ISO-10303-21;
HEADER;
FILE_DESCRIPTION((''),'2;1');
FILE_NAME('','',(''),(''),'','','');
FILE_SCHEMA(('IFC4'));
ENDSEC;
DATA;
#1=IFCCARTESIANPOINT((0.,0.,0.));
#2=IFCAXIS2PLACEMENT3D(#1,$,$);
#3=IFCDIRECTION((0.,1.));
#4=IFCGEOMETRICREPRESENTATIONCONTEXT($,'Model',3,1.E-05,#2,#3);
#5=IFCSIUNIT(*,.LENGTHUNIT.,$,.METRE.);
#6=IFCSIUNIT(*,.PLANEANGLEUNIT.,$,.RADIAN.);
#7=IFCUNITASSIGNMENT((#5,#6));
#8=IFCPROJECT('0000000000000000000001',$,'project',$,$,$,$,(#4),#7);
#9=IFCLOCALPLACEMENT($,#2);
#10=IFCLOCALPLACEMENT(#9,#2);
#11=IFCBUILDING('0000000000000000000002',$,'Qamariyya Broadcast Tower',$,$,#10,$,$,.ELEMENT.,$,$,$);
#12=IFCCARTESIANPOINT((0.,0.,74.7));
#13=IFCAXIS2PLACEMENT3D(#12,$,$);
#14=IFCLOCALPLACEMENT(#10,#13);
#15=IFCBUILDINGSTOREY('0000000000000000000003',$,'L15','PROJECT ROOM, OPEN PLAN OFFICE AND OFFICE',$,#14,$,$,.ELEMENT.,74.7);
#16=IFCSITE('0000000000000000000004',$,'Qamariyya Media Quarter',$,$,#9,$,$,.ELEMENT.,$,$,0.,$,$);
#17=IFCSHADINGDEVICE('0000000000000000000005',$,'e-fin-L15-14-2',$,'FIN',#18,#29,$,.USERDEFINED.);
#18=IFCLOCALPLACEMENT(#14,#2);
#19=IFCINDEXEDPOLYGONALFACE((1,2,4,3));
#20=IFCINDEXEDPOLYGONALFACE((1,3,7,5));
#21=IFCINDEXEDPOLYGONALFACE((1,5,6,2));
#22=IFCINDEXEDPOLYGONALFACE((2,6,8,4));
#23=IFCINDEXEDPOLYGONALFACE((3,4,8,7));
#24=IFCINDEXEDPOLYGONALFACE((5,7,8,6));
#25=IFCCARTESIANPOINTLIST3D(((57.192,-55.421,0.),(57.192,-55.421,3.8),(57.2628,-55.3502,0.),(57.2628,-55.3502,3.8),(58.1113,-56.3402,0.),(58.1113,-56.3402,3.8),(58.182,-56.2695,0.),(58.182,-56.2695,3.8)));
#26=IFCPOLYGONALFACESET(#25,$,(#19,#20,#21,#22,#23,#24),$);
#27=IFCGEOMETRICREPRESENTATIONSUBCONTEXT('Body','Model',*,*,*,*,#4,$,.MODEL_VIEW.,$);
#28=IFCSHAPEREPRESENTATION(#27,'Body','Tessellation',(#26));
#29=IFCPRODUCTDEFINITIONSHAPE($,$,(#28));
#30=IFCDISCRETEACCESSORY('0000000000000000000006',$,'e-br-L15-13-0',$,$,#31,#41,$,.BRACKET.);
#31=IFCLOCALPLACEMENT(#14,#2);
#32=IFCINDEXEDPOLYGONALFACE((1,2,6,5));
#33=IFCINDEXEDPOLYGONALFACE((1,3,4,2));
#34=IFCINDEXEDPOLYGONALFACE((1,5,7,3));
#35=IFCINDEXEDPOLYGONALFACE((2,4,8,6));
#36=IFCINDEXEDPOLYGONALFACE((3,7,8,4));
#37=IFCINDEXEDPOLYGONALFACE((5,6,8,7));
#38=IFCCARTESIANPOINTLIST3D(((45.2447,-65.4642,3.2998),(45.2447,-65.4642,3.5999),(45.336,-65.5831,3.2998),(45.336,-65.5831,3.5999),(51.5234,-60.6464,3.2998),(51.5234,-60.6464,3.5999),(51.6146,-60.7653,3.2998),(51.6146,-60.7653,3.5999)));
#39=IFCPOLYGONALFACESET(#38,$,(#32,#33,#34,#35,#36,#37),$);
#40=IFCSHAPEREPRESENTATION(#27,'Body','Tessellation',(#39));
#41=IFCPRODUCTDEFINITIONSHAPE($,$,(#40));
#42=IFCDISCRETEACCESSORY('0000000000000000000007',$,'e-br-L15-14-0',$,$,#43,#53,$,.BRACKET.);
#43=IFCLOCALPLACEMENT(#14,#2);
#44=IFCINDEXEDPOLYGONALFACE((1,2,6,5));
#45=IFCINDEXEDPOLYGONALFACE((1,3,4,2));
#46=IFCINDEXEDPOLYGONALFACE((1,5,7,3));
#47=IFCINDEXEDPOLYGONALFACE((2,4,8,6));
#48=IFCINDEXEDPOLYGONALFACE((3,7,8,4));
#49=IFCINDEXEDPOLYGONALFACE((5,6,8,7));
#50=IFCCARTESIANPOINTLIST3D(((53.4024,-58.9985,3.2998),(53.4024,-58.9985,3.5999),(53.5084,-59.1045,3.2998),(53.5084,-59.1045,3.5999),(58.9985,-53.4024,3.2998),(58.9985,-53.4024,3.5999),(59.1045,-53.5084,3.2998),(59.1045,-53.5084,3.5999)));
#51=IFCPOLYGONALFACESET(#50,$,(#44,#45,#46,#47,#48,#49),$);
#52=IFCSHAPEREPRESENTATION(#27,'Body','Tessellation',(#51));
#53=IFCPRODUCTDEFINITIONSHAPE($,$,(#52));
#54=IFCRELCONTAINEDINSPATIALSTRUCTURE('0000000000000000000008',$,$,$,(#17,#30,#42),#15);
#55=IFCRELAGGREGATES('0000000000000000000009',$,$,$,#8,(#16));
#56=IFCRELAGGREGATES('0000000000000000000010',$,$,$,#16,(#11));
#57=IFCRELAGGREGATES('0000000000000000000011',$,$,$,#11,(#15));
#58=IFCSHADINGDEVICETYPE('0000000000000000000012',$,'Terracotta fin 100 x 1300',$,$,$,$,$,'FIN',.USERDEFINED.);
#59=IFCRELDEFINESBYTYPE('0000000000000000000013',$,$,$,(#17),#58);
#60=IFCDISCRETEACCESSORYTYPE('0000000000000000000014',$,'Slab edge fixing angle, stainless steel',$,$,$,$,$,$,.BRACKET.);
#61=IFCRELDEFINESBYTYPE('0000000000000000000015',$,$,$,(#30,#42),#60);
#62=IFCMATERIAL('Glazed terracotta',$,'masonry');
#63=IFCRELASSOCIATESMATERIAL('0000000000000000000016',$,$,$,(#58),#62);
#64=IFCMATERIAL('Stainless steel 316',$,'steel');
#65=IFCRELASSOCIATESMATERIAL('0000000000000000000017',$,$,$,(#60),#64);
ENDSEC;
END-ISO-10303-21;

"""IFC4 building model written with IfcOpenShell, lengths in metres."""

from ifc_helpers import new_model, si_unit, direction, frame, origin, origin_2d, place, context, subcontext, project, spatial, rectangle, extrude, material, material_profile, profile_set, type_object, element, save


model = new_model("IFC4")

# Units and contexts
model_context = context("Model", 3, precision=1e-05, world=origin(), true_north=direction((0.0, 1.0)))
body_context = subcontext(model_context, "Body", "Model", "MODEL_VIEW")
ifc_project = project(units=[si_unit("LENGTHUNIT", "METRE"), si_unit("PLANEANGLEUNIT", "RADIAN")], contexts=[model_context])

# Site, building, storey
site_placement = place(None, origin())
site = spatial("IfcSite", under=ifc_project, at=site_placement, Name="Qamariyya Media Quarter", CompositionType="ELEMENT", RefElevation=0.0)
building_placement = place(site_placement, origin())
building = spatial("IfcBuilding", under=site, at=building_placement, Name="Qamariyya Broadcast Tower", CompositionType="ELEMENT")
storey_placement = place(building_placement, frame((0.0, 0.0, 74.7)))
storey = spatial("IfcBuildingStorey", under=building, at=storey_placement, Name="L15", Description="PROJECT ROOM, OPEN PLAN OFFICE AND OFFICE", CompositionType="ELEMENT", Elevation=74.7)

# Shading device
ifc_material_1 = material(Name="Glazed terracotta", Category="masonry")
ifc_material_profile_1 = material_profile(ifc_material_1, rectangle(XDim=1.3, YDim=0.1001, at=origin_2d()))
ifc_profile_set_1 = profile_set([ifc_material_profile_1], Name="Glazed terracotta")
shading_device_type_1 = type_object("IfcShadingDeviceType", Name="Terracotta fin 100 x 1300", ElementType="FIN", PredefinedType="USERDEFINED", material=ifc_profile_set_1)
for number, where, z_axis, x_axis, name in (
    (1, (57.687, -55.8452, 0.0), (0.0, 0.0, 1.0), (0.707107, -0.707107, 0.0), "e-fin-L15-14-2"),
):
    element("IfcShadingDevice", number, at=place(storey_placement, frame(where, z_axis=z_axis, x_axis=x_axis)), inside=storey, type_object=shading_device_type_1, Name=name, ObjectType="FIN", PredefinedType="USERDEFINED", context=body_context, shape_type="SweptSolid", body=[
        extrude(rectangle(XDim=1.3, YDim=0.1001, at=origin_2d()), origin(), (0.0, 0.0, 1.0), 3.8),
    ])

# Discrete accessories
ifc_material_2 = material(Name="Stainless steel 316", Category="steel")
discrete_accessory_type = type_object("IfcDiscreteAccessoryType", Name="Slab edge fixing angle, stainless steel", PredefinedType="BRACKET", material=ifc_material_2)
for number, where, z_axis, x_axis, name in (
    (2, (48.4297, -63.1147, 3.2998), (0.0, 0.0, 1.0), (0.793353, 0.608761, 0.0), "e-br-L15-13-0"),
    (3, (56.2534, -56.2534, 3.2998), (0.0, 0.0, 1.0), (0.707107, 0.707107, 0.0), "e-br-L15-14-0"),
):
    element("IfcDiscreteAccessory", number, at=place(storey_placement, frame(where, z_axis=z_axis, x_axis=x_axis)), inside=storey, type_object=discrete_accessory_type, Name=name, PredefinedType="BRACKET", context=body_context, shape_type="SweptSolid", body=[
        extrude(rectangle(XDim=7.9141, YDim=0.1499, at=origin_2d()), origin(), (0.0, 0.0, 1.0), 0.3),
    ])

save(model, "model.ifc")
